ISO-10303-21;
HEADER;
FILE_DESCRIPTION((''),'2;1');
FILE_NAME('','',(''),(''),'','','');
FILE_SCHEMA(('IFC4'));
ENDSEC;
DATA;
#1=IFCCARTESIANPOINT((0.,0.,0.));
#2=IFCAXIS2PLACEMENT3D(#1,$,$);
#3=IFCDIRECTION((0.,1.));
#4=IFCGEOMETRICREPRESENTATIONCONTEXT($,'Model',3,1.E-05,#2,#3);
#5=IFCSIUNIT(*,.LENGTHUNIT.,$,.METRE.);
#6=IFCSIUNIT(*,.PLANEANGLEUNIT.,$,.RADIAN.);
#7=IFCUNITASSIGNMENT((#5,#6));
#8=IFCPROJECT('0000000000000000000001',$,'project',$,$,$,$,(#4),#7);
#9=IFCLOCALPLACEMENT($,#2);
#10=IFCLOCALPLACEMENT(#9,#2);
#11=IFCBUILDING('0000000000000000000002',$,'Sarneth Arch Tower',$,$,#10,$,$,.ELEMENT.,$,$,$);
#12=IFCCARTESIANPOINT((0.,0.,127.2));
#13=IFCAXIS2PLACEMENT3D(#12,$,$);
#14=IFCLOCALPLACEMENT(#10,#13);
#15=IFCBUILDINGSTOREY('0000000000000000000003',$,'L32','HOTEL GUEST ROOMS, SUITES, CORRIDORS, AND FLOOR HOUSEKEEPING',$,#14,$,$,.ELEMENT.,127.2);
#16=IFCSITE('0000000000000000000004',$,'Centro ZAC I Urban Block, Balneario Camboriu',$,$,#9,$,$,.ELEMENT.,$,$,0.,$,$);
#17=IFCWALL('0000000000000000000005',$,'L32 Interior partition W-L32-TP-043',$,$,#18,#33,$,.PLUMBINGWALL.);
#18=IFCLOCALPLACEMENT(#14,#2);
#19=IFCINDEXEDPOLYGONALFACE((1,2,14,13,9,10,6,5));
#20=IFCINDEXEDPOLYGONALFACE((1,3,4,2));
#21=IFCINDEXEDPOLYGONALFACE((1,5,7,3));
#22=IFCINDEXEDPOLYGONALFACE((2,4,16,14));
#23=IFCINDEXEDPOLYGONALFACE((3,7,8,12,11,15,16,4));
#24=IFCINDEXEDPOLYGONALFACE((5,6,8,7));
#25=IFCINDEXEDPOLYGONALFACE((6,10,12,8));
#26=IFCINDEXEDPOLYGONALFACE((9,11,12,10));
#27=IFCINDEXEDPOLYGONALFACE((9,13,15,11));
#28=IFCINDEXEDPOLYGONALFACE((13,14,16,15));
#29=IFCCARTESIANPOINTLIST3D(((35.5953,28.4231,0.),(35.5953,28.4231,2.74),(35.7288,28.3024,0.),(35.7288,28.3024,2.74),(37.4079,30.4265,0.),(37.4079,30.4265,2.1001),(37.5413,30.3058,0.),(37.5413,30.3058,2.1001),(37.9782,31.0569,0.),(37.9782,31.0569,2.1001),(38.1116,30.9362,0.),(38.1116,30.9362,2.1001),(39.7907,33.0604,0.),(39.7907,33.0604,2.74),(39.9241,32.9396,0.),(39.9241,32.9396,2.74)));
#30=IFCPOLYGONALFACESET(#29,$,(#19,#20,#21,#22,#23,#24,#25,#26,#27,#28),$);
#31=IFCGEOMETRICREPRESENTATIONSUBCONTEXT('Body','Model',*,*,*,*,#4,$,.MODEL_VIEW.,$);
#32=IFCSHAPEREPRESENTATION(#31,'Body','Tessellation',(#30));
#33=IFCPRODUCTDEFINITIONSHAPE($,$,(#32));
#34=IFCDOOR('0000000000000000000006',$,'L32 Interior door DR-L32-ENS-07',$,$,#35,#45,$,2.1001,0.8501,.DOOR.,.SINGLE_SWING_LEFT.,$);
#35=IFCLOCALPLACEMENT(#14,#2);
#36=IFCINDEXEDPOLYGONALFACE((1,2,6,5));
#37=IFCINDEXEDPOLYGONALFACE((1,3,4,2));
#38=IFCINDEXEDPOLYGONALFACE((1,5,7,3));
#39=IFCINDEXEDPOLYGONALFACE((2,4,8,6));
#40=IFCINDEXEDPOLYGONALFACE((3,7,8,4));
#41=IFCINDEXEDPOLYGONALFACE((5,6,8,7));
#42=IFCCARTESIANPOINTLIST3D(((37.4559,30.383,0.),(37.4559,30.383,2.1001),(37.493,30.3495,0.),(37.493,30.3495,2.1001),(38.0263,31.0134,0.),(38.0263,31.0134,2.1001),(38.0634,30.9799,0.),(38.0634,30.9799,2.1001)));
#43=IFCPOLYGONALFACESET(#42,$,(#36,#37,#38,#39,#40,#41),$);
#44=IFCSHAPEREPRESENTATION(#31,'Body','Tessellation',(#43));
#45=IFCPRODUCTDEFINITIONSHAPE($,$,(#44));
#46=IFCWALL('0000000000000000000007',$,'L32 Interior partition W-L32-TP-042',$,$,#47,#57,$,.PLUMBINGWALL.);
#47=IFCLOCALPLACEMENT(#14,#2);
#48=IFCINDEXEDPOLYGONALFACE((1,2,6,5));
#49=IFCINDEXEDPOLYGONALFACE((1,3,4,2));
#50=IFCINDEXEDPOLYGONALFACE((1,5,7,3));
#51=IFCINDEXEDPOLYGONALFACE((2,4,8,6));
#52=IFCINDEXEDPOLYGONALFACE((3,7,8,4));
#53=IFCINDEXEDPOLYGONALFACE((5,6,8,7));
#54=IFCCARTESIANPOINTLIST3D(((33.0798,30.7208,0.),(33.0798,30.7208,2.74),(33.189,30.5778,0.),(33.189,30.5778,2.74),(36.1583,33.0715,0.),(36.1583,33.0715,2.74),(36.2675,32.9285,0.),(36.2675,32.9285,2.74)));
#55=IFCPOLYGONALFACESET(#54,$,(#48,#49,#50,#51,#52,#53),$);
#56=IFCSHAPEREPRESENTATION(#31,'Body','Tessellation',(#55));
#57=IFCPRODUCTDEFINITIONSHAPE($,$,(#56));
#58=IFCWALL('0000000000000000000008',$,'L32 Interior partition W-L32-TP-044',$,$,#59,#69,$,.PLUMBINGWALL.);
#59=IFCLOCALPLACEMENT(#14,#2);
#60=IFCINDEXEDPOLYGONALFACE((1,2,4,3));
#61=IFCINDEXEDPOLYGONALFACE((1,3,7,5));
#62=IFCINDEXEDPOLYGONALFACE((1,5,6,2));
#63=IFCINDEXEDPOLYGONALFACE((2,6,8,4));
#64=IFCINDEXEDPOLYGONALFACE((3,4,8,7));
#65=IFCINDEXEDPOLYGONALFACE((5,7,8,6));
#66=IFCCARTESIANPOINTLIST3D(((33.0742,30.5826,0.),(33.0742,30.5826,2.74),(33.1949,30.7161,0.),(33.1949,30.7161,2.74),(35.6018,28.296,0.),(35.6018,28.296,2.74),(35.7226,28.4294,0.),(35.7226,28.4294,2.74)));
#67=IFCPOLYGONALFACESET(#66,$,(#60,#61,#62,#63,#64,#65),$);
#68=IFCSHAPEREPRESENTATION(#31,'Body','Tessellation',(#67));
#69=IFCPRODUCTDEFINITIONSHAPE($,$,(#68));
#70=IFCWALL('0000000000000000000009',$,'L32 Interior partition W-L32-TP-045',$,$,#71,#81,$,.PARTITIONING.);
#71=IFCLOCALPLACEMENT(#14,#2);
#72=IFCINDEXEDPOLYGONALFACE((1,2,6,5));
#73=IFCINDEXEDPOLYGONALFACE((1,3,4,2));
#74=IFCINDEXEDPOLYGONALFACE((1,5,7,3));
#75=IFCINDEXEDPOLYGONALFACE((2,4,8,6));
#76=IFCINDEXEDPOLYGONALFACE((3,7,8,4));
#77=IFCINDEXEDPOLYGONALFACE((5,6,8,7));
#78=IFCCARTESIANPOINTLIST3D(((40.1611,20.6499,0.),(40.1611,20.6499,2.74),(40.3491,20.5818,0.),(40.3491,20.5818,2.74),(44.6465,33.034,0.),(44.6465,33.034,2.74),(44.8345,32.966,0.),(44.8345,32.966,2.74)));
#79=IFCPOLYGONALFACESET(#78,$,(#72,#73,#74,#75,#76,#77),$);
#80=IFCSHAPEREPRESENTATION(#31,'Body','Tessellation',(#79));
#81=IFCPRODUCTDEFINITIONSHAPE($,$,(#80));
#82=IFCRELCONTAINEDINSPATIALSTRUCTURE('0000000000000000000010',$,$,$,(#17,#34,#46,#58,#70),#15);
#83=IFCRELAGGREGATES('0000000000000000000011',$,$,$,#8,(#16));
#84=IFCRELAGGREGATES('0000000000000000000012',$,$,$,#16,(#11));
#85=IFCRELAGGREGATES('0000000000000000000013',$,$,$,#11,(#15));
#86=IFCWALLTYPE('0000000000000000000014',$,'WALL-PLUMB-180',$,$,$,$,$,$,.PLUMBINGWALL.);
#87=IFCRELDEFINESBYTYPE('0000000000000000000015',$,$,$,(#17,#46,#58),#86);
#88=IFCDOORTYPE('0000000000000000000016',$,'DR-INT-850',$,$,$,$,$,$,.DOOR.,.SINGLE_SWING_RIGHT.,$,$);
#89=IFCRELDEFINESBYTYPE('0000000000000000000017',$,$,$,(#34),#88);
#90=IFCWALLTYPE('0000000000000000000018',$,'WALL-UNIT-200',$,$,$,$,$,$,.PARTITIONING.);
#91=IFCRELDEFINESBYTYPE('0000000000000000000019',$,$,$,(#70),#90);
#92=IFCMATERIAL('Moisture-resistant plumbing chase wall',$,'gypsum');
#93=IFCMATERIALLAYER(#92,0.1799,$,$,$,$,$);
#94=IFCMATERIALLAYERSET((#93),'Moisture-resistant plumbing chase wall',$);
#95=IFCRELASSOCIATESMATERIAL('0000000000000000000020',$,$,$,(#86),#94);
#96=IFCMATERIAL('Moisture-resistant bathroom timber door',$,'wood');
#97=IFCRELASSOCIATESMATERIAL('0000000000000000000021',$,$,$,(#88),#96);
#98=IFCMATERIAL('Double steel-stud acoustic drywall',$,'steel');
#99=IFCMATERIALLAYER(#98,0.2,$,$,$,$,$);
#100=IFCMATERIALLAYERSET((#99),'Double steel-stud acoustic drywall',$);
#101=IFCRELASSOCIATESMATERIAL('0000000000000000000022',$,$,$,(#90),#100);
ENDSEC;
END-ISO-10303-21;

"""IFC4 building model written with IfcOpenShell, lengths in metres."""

from ifc_helpers import new_model, si_unit, direction, frame, frame_2d, origin, place, context, subcontext, project, spatial, rectangle, extrude, material, layer, layer_set, type_object, element, fill, save


model = new_model("IFC4")

# Units and contexts
model_context = context("Model", 3, precision=1e-05, world=origin(), true_north=direction((0.0, 1.0)))
body_context = subcontext(model_context, "Body", "Model", "MODEL_VIEW")
ifc_project = project(units=[si_unit("LENGTHUNIT", "METRE"), si_unit("PLANEANGLEUNIT", "RADIAN")], contexts=[model_context])

# Site, building, storey
site_placement = place(None, origin())
site = spatial("IfcSite", under=ifc_project, at=site_placement, Name="Centro ZAC I Urban Block, Balneario Camboriu", CompositionType="ELEMENT", RefElevation=0.0)
building_placement = place(site_placement, origin())
building = spatial("IfcBuilding", under=site, at=building_placement, Name="Sarneth Arch Tower", CompositionType="ELEMENT")
storey_placement = place(building_placement, frame((0.0, 0.0, 127.2)))
storey = spatial("IfcBuildingStorey", under=building, at=storey_placement, Name="L32", Description="HOTEL GUEST ROOMS, SUITES, CORRIDORS, AND FLOOR HOUSEKEEPING", CompositionType="ELEMENT", Elevation=127.2)

# Wall, opening, door
ifc_material_1 = material(Name="Moisture-resistant plumbing chase wall", Category="gypsum")
ifc_layer_1 = layer(ifc_material_1, 0.1799)
ifc_layer_set_1 = layer_set([ifc_layer_1], Name="Moisture-resistant plumbing chase wall")
wall_type_1 = type_object("IfcWallType", Name="WALL-PLUMB-180", PredefinedType="PLUMBINGWALL", material=ifc_layer_set_1)
wall_1_placement = place(storey_placement, frame((39.8574, 33.0, 0.0), z_axis=(0.0, 0.0, 1.0), x_axis=(-0.670891, -0.741556, 0.0)))
wall_1 = element("IfcWall", 1, at=wall_1_placement, inside=storey, type_object=wall_type_1, Name="L32 Interior partition W-L32-TP-043", PredefinedType="PLUMBINGWALL", context=body_context, shape_type="SweptSolid", body=[
    extrude(rectangle(XDim=6.2534, YDim=0.1799, at=frame_2d((3.1267, 0.0))), origin(), (0.0, 0.0, 1.0), 2.74),
])
opening_1_placement = place(wall_1_placement, frame((2.7017, 0.0, 0.0)))
opening_1 = element("IfcOpeningElement", 2, at=opening_1_placement, cuts=wall_1, PredefinedType="OPENING", context=body_context, shape_type="SweptSolid", body=[
    extrude(rectangle(XDim=0.8501, YDim=2.1001, at=frame_2d((0.425, 1.05))), frame((0.0, 0.0999, 0.0), z_axis=(0.0, -1.0, 0.0), x_axis=(1.0, 0.0, 0.0)), (0.0, 0.0, 1.0), 0.2),
])
ifc_material_2 = material(Name="Moisture-resistant bathroom timber door", Category="wood")
door_type_1 = type_object("IfcDoorType", Name="DR-INT-850", OperationType="SINGLE_SWING_RIGHT", PredefinedType="DOOR", material=ifc_material_2)
door_1_placement = place(opening_1_placement, origin())
door_1 = element("IfcDoor", 3, at=door_1_placement, inside=storey, type_object=door_type_1, Name="L32 Interior door DR-L32-ENS-07", OperationType="SINGLE_SWING_LEFT", OverallHeight=2.1001, OverallWidth=0.8501, PredefinedType="DOOR", context=body_context, shape_type="SweptSolid", body=[
    extrude(rectangle(XDim=0.8501, YDim=2.1001, at=frame_2d((0.425, 1.05))), frame((0.0, 0.0249, 0.0), z_axis=(0.0, -1.0, 0.0), x_axis=(1.0, 0.0, 0.0)), (0.0, 0.0, 1.0), 0.05),
])
fill(opening_1, door_1)

# Walls
wall_2_placement = place(storey_placement, frame((33.1345, 30.6494, 0.0), z_axis=(0.0, 0.0, 1.0), x_axis=(0.794789, 0.606886, 0.0)))
element("IfcWall", 4, at=wall_2_placement, inside=storey, type_object=wall_type_1, Name="L32 Interior partition W-L32-TP-042", PredefinedType="PLUMBINGWALL", context=body_context, shape_type="SweptSolid", body=[
    extrude(rectangle(XDim=3.8733, YDim=0.1799, at=frame_2d((1.9365, 0.0))), origin(), (0.0, 0.0, 1.0), 2.74),
])
wall_3_placement = place(storey_placement, frame((35.6621, 28.3628, 0.0), z_axis=(0.0, 0.0, 1.0), x_axis=(-0.741571, 0.670874, 0.0)))
element("IfcWall", 5, at=wall_3_placement, inside=storey, type_object=wall_type_1, Name="L32 Interior partition W-L32-TP-044", PredefinedType="PLUMBINGWALL", context=body_context, shape_type="SweptSolid", body=[
    extrude(rectangle(XDim=3.4084, YDim=0.1799, at=frame_2d((1.7041, 0.0))), origin(), (0.0, 0.0, 1.0), 2.74),
])
ifc_material_3 = material(Name="Double steel-stud acoustic drywall", Category="steel")
ifc_layer_2 = layer(ifc_material_3, 0.2)
ifc_layer_set_2 = layer_set([ifc_layer_2], Name="Double steel-stud acoustic drywall")
wall_type_2 = type_object("IfcWallType", Name="WALL-UNIT-200", PredefinedType="PARTITIONING", material=ifc_layer_set_2)
wall_4_placement = place(storey_placement, frame((44.7405, 33.0, 0.0), z_axis=(0.0, 0.0, 1.0), x_axis=(-0.34054, -0.94023, 0.0)))
element("IfcWall", 6, at=wall_4_placement, inside=storey, type_object=wall_type_2, Name="L32 Interior partition W-L32-TP-045", PredefinedType="PARTITIONING", context=body_context, shape_type="SweptSolid", body=[
    extrude(rectangle(XDim=13.1714, YDim=0.2, at=frame_2d((6.5857, 0.0))), origin(), (0.0, 0.0, 1.0), 2.74),
])

save(model, "model.ifc")
